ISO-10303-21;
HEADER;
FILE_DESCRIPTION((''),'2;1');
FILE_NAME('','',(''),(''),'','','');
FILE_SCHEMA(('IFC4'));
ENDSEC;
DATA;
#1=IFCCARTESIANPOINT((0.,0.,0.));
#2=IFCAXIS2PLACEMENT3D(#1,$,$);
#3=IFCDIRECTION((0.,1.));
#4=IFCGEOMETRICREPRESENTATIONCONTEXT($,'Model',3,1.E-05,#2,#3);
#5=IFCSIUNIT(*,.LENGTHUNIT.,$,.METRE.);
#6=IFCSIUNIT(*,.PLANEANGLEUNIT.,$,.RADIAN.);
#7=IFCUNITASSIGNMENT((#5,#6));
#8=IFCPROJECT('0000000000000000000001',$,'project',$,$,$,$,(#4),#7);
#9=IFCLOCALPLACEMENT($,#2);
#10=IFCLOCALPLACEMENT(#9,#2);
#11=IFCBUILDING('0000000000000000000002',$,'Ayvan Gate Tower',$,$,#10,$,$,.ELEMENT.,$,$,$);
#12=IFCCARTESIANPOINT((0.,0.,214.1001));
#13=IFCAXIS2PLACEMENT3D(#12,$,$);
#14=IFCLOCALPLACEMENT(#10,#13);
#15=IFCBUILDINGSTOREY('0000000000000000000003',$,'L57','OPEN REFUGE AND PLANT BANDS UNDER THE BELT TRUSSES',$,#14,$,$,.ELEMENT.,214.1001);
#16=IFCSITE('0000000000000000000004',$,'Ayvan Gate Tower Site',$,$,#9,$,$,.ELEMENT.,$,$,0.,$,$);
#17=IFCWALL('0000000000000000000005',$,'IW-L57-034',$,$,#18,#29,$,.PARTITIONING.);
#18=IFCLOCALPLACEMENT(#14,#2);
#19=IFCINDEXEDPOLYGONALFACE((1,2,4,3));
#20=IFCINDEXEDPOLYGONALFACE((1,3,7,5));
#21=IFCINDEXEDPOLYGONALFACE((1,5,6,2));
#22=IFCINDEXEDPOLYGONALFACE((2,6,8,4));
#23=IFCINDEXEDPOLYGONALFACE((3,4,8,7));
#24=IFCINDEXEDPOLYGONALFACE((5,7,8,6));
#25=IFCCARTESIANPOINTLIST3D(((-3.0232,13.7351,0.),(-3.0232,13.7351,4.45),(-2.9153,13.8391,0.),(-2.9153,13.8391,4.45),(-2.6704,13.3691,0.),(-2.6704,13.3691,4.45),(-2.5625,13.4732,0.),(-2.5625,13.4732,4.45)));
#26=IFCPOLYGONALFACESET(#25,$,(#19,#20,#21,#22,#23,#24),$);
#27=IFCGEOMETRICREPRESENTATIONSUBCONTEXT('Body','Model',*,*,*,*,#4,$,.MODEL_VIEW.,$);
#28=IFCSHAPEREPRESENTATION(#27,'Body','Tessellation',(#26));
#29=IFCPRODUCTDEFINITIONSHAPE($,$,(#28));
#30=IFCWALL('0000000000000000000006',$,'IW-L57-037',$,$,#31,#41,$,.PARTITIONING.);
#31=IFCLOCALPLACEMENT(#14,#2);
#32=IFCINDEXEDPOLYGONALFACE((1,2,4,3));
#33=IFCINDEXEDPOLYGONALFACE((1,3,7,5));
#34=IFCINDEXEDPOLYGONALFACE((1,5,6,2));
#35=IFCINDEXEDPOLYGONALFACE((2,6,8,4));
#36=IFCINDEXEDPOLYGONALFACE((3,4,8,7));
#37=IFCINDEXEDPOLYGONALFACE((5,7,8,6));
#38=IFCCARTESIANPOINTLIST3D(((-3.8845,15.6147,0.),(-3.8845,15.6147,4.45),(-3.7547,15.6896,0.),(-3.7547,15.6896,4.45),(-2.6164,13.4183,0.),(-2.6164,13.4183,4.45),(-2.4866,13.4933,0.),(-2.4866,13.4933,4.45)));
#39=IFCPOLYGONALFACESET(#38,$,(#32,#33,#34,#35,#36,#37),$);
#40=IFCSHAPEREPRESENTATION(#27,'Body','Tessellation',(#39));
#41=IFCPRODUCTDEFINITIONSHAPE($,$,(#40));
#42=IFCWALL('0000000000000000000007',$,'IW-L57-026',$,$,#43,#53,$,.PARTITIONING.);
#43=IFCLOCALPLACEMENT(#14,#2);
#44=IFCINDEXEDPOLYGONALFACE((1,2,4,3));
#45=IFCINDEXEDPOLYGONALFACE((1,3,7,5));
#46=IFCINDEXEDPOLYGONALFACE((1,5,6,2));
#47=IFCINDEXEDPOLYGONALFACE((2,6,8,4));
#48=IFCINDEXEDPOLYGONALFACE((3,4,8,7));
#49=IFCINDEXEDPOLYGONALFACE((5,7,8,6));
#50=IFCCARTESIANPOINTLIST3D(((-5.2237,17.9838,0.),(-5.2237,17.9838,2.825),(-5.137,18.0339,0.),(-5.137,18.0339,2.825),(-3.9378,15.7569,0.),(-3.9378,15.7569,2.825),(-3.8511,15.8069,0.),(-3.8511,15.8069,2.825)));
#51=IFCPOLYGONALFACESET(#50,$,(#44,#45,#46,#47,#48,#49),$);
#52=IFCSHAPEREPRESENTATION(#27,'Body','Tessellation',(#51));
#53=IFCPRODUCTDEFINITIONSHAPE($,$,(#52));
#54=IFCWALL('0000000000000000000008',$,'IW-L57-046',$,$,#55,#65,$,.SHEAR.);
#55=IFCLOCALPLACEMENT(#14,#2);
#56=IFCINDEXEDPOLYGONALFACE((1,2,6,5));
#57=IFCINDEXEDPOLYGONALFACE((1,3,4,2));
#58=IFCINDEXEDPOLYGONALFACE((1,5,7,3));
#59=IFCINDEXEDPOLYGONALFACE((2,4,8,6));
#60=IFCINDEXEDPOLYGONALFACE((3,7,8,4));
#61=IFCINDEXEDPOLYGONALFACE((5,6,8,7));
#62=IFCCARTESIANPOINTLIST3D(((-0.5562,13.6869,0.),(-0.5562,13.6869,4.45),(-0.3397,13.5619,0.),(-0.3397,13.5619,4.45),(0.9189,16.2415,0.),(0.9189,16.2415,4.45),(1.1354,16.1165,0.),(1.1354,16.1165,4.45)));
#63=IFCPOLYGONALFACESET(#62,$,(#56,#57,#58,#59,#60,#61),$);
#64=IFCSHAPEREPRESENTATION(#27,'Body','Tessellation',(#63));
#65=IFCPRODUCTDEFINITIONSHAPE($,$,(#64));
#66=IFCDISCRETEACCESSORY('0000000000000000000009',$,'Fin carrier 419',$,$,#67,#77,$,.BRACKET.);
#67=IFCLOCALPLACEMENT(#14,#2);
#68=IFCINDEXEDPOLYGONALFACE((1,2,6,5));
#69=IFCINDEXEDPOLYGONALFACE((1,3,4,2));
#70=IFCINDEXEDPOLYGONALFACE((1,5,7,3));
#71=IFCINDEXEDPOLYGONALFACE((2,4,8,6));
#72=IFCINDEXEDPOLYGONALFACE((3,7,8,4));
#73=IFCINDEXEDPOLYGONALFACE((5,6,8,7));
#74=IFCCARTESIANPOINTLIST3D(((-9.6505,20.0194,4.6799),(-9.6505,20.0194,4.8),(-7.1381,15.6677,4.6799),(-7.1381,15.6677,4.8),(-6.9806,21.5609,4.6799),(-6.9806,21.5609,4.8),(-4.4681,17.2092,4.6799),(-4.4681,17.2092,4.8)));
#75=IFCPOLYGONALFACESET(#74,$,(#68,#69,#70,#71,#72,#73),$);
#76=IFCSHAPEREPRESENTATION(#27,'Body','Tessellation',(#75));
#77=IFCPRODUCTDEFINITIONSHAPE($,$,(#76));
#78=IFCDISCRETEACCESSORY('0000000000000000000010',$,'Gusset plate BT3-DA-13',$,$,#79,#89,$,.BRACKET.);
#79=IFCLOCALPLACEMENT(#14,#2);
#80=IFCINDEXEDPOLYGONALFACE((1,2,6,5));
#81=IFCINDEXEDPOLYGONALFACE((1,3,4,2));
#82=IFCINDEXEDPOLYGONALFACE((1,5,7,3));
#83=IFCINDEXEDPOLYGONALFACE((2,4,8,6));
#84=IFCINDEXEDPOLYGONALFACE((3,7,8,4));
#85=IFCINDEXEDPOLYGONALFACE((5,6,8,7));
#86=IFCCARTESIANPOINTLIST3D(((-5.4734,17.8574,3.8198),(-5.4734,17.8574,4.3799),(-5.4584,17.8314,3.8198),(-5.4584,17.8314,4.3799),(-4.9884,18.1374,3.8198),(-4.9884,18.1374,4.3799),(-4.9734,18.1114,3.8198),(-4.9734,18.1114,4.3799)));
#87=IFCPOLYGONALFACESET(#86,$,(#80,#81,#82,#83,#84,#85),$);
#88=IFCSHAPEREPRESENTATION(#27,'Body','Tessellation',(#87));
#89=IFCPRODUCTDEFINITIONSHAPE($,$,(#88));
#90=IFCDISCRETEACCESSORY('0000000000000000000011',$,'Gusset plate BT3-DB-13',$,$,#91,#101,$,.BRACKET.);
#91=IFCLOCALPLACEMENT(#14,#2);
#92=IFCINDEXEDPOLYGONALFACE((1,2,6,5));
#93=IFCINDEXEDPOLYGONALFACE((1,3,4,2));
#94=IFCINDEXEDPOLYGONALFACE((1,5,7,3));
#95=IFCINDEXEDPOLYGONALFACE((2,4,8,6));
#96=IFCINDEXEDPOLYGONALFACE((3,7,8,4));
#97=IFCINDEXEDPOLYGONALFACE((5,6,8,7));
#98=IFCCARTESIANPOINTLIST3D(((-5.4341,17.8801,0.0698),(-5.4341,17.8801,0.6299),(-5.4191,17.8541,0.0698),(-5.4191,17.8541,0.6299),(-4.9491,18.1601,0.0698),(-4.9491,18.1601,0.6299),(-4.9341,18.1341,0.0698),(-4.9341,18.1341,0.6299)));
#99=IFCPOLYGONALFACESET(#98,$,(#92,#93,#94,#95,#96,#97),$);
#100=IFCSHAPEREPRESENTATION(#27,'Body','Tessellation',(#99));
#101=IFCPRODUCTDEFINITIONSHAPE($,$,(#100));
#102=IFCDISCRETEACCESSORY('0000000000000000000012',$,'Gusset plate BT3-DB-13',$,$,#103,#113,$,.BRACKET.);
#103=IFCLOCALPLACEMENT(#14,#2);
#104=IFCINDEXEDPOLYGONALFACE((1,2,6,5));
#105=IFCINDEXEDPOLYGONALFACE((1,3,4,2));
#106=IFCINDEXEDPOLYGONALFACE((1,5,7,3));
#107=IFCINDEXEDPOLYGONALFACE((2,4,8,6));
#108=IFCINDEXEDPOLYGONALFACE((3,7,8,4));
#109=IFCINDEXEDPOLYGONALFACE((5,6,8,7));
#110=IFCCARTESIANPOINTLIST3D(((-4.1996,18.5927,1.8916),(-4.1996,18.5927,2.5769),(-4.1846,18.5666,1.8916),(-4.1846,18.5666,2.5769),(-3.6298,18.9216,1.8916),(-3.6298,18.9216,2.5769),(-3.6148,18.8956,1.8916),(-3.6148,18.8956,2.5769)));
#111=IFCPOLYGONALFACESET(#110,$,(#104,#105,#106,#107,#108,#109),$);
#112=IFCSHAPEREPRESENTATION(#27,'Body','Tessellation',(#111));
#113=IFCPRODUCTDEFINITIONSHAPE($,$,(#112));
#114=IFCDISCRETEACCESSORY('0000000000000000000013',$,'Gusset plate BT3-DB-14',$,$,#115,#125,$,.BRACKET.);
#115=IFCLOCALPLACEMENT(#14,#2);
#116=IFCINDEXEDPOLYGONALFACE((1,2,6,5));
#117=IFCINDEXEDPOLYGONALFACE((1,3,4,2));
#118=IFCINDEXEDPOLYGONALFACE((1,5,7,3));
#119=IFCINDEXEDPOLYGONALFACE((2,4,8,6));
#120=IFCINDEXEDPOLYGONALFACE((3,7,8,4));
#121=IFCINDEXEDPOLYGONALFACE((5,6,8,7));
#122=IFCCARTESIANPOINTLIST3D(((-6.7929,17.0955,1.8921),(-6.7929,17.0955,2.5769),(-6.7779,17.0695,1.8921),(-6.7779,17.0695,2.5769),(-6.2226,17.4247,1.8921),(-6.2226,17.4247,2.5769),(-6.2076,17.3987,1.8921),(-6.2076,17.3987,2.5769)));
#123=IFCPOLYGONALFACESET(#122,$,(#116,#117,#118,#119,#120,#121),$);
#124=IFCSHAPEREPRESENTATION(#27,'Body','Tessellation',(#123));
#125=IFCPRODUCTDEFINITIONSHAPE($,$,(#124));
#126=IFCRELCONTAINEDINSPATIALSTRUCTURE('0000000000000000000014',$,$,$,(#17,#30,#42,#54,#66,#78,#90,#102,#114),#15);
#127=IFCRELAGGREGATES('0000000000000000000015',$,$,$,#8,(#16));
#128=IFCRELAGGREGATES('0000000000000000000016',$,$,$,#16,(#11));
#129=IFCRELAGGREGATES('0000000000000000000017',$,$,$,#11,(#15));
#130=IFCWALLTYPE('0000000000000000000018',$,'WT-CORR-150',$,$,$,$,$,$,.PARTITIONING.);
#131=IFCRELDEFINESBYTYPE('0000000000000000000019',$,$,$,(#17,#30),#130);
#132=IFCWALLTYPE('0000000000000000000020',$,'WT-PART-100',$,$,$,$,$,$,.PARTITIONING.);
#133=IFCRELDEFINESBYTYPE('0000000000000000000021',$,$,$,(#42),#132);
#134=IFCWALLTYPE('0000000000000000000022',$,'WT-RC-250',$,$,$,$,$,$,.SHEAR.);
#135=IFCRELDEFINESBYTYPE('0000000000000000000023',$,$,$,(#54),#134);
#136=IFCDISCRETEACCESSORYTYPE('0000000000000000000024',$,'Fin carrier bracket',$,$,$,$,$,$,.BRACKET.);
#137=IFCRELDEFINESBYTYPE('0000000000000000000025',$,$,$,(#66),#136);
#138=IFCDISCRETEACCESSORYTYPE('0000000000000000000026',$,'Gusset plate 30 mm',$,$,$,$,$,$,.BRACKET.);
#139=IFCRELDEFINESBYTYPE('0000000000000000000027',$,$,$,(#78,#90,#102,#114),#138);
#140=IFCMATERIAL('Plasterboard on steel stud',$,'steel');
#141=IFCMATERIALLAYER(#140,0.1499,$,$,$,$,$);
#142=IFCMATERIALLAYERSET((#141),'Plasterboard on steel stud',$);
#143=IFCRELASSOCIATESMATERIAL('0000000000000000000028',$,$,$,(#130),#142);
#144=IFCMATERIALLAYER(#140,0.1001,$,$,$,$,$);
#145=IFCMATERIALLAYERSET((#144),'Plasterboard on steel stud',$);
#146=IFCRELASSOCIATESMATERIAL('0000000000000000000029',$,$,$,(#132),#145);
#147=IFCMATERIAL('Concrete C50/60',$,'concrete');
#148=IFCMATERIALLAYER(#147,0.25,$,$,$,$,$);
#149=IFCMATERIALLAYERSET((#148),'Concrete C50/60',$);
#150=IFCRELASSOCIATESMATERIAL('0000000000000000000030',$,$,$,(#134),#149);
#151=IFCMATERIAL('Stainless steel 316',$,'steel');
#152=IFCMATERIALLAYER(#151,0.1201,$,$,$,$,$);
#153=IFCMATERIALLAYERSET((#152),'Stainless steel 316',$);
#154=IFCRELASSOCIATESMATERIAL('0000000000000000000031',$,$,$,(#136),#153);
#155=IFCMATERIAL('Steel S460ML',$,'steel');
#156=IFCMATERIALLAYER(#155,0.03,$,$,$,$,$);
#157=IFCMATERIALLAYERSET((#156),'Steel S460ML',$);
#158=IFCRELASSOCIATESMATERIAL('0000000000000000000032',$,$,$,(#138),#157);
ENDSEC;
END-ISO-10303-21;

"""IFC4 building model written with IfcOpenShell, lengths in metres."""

from ifc_helpers import new_model, si_unit, direction, frame, frame_2d, origin, origin_2d, place, context, subcontext, project, spatial, rectangle, extrude, material, layer, layer_set, type_object, element, save


model = new_model("IFC4")

# Units and contexts
model_context = context("Model", 3, precision=1e-05, world=origin(), true_north=direction((0.0, 1.0)))
body_context = subcontext(model_context, "Body", "Model", "MODEL_VIEW")
ifc_project = project(units=[si_unit("LENGTHUNIT", "METRE"), si_unit("PLANEANGLEUNIT", "RADIAN")], contexts=[model_context])

# Site, building, storey
site_placement = place(None, origin())
site = spatial("IfcSite", under=ifc_project, at=site_placement, Name="Ayvan Gate Tower Site", CompositionType="ELEMENT", RefElevation=0.0)
building_placement = place(site_placement, origin())
building = spatial("IfcBuilding", under=site, at=building_placement, Name="Ayvan Gate Tower", CompositionType="ELEMENT")
storey_placement = place(building_placement, frame((0.0, 0.0, 214.1001)))
storey = spatial("IfcBuildingStorey", under=building, at=storey_placement, Name="L57", Description="OPEN REFUGE AND PLANT BANDS UNDER THE BELT TRUSSES", CompositionType="ELEMENT", Elevation=214.1001)

# Shared definitions
ifc_material_1 = material(Name="Steel S460ML", Category="steel")

# Shared definitions
ifc_material_2 = material(Name="Plasterboard on steel stud", Category="steel")
ifc_layer_1 = layer(ifc_material_2, 0.1499)
ifc_layer_set_1 = layer_set([ifc_layer_1], Name="Plasterboard on steel stud")
wall_type_1 = type_object("IfcWallType", Name="WT-CORR-150", PredefinedType="PARTITIONING", material=ifc_layer_set_1)

# Walls
wall_1_placement = place(storey_placement, frame((-2.9692, 13.7871, 0.0), z_axis=(0.0, 0.0, 1.0), x_axis=(0.69402, -0.719956, 0.0)))
element("IfcWall", 1, at=wall_1_placement, inside=storey, type_object=wall_type_1, Name="IW-L57-034", PredefinedType="PARTITIONING", context=body_context, shape_type="SweptSolid", body=[
    extrude(rectangle(XDim=0.5083, YDim=0.1499, at=frame_2d((0.2542, 0.0))), origin(), (0.0, 0.0, 1.0), 4.45),
])
wall_2_placement = place(storey_placement, frame((-2.5515, 13.4558, 0.0), z_axis=(0.0, 0.0, 1.0), x_axis=(-0.500011, 0.866019, 0.0)))
element("IfcWall", 2, at=wall_2_placement, inside=storey, type_object=wall_type_1, Name="IW-L57-037", PredefinedType="PARTITIONING", context=body_context, shape_type="SweptSolid", body=[
    extrude(rectangle(XDim=2.5361, YDim=0.1499, at=frame_2d((1.2681, 0.0))), origin(), (0.0, 0.0, 1.0), 4.45),
])
ifc_layer_2 = layer(ifc_material_2, 0.1001)
ifc_layer_set_2 = layer_set([ifc_layer_2], Name="Plasterboard on steel stud")
wall_type_2 = type_object("IfcWallType", Name="WT-PART-100", PredefinedType="PARTITIONING", material=ifc_layer_set_2)
wall_3_placement = place(storey_placement, frame((-3.8945, 15.782, 0.0), z_axis=(0.0, 0.0, 1.0), x_axis=(-0.500029, 0.866009, 0.0)))
element("IfcWall", 3, at=wall_3_placement, inside=storey, type_object=wall_type_2, Name="IW-L57-026", PredefinedType="PARTITIONING", context=body_context, shape_type="SweptSolid", body=[
    extrude(rectangle(XDim=2.5715, YDim=0.1001, at=frame_2d((1.2856, 0.0))), origin(), (0.0, 0.0, 1.0), 2.825),
])
ifc_material_3 = material(Name="Concrete C50/60", Category="concrete")
ifc_layer_3 = layer(ifc_material_3, 0.25)
ifc_layer_set_3 = layer_set([ifc_layer_3], Name="Concrete C50/60")
wall_type_3 = type_object("IfcWallType", Name="WT-RC-250", PredefinedType="SHEAR", material=ifc_layer_set_3)
wall_4_placement = place(storey_placement, frame((-0.448, 13.6243, 0.0), z_axis=(0.0, 0.0, 1.0), x_axis=(0.500038, 0.866004, 0.0)))
element("IfcWall", 4, at=wall_4_placement, inside=storey, type_object=wall_type_3, Name="IW-L57-046", PredefinedType="SHEAR", context=body_context, shape_type="SweptSolid", body=[
    extrude(rectangle(XDim=2.95, YDim=0.25, at=frame_2d((1.4751, 0.0))), origin(), (0.0, 0.0, 1.0), 4.45),
])

# Discrete accessories
ifc_material_4 = material(Name="Stainless steel 316", Category="steel")
ifc_layer_4 = layer(ifc_material_4, 0.1201)
ifc_layer_set_4 = layer_set([ifc_layer_4], Name="Stainless steel 316")
discrete_accessory_type_1 = type_object("IfcDiscreteAccessoryType", Name="Fin carrier bracket", PredefinedType="BRACKET", material=ifc_layer_set_4)
discrete_accessory_1_placement = place(storey_placement, frame((-7.0593, 18.6143, 4.6799), z_axis=(0.0, 0.0, 1.0), x_axis=(-0.866025, -0.5, 0.0)))
element("IfcDiscreteAccessory", 5, at=discrete_accessory_1_placement, inside=storey, type_object=discrete_accessory_type_1, Name="Fin carrier 419", PredefinedType="BRACKET", context=body_context, shape_type="SweptSolid", body=[
    extrude(rectangle(XDim=3.083, YDim=5.0249, at=origin_2d()), origin(), (0.0, 0.0, 1.0), 0.1201),
])
ifc_layer_5 = layer(ifc_material_1, 0.03)
ifc_layer_set_5 = layer_set([ifc_layer_5], Name="Steel S460ML")
discrete_accessory_type_2 = type_object("IfcDiscreteAccessoryType", Name="Gusset plate 30 mm", PredefinedType="BRACKET", material=ifc_layer_set_5)
for number, where, z_axis, x_axis, name in (
    (6, (-5.2234, 17.9844, 3.8198), (0.0, 0.0, 1.0), (0.866025, 0.5, 0.0), "Gusset plate BT3-DA-13"),
    (7, (-5.1841, 18.0071, 0.0698), (0.0, 0.0, 1.0), (0.866025, 0.5, 0.0), "Gusset plate BT3-DB-13"),
):
    element("IfcDiscreteAccessory", number, at=place(storey_placement, frame(where, z_axis=z_axis, x_axis=x_axis)), inside=storey, type_object=discrete_accessory_type_2, Name=name, PredefinedType="BRACKET", context=body_context, shape_type="SweptSolid", body=[
        extrude(rectangle(XDim=0.5601, YDim=0.03, at=origin_2d()), origin(), (0.0, 0.0, 1.0), 0.5601),
    ])
discrete_accessory_2_placement = place(storey_placement, frame((-3.9072, 18.7441, 1.8916), z_axis=(0.0, 0.0, 1.0), x_axis=(0.866025, 0.5, 0.0)))
element("IfcDiscreteAccessory", 8, at=discrete_accessory_2_placement, inside=storey, type_object=discrete_accessory_type_2, Name="Gusset plate BT3-DB-13", PredefinedType="BRACKET", context=body_context, shape_type="SweptSolid", body=[
    extrude(rectangle(XDim=0.658, YDim=0.03, at=origin_2d()), origin(), (0.0, 0.0, 1.0), 0.6853),
])
discrete_accessory_3_placement = place(storey_placement, frame((-6.5002, 17.2471, 1.8921), z_axis=(0.0, 0.0, 1.0), x_axis=(0.866025, 0.5, 0.0)))
element("IfcDiscreteAccessory", 9, at=discrete_accessory_3_placement, inside=storey, type_object=discrete_accessory_type_2, Name="Gusset plate BT3-DB-14", PredefinedType="BRACKET", context=body_context, shape_type="SweptSolid", body=[
    extrude(rectangle(XDim=0.6584, YDim=0.03, at=origin_2d()), origin(), (0.0, 0.0, 1.0), 0.6848),
])

save(model, "model.ifc")
